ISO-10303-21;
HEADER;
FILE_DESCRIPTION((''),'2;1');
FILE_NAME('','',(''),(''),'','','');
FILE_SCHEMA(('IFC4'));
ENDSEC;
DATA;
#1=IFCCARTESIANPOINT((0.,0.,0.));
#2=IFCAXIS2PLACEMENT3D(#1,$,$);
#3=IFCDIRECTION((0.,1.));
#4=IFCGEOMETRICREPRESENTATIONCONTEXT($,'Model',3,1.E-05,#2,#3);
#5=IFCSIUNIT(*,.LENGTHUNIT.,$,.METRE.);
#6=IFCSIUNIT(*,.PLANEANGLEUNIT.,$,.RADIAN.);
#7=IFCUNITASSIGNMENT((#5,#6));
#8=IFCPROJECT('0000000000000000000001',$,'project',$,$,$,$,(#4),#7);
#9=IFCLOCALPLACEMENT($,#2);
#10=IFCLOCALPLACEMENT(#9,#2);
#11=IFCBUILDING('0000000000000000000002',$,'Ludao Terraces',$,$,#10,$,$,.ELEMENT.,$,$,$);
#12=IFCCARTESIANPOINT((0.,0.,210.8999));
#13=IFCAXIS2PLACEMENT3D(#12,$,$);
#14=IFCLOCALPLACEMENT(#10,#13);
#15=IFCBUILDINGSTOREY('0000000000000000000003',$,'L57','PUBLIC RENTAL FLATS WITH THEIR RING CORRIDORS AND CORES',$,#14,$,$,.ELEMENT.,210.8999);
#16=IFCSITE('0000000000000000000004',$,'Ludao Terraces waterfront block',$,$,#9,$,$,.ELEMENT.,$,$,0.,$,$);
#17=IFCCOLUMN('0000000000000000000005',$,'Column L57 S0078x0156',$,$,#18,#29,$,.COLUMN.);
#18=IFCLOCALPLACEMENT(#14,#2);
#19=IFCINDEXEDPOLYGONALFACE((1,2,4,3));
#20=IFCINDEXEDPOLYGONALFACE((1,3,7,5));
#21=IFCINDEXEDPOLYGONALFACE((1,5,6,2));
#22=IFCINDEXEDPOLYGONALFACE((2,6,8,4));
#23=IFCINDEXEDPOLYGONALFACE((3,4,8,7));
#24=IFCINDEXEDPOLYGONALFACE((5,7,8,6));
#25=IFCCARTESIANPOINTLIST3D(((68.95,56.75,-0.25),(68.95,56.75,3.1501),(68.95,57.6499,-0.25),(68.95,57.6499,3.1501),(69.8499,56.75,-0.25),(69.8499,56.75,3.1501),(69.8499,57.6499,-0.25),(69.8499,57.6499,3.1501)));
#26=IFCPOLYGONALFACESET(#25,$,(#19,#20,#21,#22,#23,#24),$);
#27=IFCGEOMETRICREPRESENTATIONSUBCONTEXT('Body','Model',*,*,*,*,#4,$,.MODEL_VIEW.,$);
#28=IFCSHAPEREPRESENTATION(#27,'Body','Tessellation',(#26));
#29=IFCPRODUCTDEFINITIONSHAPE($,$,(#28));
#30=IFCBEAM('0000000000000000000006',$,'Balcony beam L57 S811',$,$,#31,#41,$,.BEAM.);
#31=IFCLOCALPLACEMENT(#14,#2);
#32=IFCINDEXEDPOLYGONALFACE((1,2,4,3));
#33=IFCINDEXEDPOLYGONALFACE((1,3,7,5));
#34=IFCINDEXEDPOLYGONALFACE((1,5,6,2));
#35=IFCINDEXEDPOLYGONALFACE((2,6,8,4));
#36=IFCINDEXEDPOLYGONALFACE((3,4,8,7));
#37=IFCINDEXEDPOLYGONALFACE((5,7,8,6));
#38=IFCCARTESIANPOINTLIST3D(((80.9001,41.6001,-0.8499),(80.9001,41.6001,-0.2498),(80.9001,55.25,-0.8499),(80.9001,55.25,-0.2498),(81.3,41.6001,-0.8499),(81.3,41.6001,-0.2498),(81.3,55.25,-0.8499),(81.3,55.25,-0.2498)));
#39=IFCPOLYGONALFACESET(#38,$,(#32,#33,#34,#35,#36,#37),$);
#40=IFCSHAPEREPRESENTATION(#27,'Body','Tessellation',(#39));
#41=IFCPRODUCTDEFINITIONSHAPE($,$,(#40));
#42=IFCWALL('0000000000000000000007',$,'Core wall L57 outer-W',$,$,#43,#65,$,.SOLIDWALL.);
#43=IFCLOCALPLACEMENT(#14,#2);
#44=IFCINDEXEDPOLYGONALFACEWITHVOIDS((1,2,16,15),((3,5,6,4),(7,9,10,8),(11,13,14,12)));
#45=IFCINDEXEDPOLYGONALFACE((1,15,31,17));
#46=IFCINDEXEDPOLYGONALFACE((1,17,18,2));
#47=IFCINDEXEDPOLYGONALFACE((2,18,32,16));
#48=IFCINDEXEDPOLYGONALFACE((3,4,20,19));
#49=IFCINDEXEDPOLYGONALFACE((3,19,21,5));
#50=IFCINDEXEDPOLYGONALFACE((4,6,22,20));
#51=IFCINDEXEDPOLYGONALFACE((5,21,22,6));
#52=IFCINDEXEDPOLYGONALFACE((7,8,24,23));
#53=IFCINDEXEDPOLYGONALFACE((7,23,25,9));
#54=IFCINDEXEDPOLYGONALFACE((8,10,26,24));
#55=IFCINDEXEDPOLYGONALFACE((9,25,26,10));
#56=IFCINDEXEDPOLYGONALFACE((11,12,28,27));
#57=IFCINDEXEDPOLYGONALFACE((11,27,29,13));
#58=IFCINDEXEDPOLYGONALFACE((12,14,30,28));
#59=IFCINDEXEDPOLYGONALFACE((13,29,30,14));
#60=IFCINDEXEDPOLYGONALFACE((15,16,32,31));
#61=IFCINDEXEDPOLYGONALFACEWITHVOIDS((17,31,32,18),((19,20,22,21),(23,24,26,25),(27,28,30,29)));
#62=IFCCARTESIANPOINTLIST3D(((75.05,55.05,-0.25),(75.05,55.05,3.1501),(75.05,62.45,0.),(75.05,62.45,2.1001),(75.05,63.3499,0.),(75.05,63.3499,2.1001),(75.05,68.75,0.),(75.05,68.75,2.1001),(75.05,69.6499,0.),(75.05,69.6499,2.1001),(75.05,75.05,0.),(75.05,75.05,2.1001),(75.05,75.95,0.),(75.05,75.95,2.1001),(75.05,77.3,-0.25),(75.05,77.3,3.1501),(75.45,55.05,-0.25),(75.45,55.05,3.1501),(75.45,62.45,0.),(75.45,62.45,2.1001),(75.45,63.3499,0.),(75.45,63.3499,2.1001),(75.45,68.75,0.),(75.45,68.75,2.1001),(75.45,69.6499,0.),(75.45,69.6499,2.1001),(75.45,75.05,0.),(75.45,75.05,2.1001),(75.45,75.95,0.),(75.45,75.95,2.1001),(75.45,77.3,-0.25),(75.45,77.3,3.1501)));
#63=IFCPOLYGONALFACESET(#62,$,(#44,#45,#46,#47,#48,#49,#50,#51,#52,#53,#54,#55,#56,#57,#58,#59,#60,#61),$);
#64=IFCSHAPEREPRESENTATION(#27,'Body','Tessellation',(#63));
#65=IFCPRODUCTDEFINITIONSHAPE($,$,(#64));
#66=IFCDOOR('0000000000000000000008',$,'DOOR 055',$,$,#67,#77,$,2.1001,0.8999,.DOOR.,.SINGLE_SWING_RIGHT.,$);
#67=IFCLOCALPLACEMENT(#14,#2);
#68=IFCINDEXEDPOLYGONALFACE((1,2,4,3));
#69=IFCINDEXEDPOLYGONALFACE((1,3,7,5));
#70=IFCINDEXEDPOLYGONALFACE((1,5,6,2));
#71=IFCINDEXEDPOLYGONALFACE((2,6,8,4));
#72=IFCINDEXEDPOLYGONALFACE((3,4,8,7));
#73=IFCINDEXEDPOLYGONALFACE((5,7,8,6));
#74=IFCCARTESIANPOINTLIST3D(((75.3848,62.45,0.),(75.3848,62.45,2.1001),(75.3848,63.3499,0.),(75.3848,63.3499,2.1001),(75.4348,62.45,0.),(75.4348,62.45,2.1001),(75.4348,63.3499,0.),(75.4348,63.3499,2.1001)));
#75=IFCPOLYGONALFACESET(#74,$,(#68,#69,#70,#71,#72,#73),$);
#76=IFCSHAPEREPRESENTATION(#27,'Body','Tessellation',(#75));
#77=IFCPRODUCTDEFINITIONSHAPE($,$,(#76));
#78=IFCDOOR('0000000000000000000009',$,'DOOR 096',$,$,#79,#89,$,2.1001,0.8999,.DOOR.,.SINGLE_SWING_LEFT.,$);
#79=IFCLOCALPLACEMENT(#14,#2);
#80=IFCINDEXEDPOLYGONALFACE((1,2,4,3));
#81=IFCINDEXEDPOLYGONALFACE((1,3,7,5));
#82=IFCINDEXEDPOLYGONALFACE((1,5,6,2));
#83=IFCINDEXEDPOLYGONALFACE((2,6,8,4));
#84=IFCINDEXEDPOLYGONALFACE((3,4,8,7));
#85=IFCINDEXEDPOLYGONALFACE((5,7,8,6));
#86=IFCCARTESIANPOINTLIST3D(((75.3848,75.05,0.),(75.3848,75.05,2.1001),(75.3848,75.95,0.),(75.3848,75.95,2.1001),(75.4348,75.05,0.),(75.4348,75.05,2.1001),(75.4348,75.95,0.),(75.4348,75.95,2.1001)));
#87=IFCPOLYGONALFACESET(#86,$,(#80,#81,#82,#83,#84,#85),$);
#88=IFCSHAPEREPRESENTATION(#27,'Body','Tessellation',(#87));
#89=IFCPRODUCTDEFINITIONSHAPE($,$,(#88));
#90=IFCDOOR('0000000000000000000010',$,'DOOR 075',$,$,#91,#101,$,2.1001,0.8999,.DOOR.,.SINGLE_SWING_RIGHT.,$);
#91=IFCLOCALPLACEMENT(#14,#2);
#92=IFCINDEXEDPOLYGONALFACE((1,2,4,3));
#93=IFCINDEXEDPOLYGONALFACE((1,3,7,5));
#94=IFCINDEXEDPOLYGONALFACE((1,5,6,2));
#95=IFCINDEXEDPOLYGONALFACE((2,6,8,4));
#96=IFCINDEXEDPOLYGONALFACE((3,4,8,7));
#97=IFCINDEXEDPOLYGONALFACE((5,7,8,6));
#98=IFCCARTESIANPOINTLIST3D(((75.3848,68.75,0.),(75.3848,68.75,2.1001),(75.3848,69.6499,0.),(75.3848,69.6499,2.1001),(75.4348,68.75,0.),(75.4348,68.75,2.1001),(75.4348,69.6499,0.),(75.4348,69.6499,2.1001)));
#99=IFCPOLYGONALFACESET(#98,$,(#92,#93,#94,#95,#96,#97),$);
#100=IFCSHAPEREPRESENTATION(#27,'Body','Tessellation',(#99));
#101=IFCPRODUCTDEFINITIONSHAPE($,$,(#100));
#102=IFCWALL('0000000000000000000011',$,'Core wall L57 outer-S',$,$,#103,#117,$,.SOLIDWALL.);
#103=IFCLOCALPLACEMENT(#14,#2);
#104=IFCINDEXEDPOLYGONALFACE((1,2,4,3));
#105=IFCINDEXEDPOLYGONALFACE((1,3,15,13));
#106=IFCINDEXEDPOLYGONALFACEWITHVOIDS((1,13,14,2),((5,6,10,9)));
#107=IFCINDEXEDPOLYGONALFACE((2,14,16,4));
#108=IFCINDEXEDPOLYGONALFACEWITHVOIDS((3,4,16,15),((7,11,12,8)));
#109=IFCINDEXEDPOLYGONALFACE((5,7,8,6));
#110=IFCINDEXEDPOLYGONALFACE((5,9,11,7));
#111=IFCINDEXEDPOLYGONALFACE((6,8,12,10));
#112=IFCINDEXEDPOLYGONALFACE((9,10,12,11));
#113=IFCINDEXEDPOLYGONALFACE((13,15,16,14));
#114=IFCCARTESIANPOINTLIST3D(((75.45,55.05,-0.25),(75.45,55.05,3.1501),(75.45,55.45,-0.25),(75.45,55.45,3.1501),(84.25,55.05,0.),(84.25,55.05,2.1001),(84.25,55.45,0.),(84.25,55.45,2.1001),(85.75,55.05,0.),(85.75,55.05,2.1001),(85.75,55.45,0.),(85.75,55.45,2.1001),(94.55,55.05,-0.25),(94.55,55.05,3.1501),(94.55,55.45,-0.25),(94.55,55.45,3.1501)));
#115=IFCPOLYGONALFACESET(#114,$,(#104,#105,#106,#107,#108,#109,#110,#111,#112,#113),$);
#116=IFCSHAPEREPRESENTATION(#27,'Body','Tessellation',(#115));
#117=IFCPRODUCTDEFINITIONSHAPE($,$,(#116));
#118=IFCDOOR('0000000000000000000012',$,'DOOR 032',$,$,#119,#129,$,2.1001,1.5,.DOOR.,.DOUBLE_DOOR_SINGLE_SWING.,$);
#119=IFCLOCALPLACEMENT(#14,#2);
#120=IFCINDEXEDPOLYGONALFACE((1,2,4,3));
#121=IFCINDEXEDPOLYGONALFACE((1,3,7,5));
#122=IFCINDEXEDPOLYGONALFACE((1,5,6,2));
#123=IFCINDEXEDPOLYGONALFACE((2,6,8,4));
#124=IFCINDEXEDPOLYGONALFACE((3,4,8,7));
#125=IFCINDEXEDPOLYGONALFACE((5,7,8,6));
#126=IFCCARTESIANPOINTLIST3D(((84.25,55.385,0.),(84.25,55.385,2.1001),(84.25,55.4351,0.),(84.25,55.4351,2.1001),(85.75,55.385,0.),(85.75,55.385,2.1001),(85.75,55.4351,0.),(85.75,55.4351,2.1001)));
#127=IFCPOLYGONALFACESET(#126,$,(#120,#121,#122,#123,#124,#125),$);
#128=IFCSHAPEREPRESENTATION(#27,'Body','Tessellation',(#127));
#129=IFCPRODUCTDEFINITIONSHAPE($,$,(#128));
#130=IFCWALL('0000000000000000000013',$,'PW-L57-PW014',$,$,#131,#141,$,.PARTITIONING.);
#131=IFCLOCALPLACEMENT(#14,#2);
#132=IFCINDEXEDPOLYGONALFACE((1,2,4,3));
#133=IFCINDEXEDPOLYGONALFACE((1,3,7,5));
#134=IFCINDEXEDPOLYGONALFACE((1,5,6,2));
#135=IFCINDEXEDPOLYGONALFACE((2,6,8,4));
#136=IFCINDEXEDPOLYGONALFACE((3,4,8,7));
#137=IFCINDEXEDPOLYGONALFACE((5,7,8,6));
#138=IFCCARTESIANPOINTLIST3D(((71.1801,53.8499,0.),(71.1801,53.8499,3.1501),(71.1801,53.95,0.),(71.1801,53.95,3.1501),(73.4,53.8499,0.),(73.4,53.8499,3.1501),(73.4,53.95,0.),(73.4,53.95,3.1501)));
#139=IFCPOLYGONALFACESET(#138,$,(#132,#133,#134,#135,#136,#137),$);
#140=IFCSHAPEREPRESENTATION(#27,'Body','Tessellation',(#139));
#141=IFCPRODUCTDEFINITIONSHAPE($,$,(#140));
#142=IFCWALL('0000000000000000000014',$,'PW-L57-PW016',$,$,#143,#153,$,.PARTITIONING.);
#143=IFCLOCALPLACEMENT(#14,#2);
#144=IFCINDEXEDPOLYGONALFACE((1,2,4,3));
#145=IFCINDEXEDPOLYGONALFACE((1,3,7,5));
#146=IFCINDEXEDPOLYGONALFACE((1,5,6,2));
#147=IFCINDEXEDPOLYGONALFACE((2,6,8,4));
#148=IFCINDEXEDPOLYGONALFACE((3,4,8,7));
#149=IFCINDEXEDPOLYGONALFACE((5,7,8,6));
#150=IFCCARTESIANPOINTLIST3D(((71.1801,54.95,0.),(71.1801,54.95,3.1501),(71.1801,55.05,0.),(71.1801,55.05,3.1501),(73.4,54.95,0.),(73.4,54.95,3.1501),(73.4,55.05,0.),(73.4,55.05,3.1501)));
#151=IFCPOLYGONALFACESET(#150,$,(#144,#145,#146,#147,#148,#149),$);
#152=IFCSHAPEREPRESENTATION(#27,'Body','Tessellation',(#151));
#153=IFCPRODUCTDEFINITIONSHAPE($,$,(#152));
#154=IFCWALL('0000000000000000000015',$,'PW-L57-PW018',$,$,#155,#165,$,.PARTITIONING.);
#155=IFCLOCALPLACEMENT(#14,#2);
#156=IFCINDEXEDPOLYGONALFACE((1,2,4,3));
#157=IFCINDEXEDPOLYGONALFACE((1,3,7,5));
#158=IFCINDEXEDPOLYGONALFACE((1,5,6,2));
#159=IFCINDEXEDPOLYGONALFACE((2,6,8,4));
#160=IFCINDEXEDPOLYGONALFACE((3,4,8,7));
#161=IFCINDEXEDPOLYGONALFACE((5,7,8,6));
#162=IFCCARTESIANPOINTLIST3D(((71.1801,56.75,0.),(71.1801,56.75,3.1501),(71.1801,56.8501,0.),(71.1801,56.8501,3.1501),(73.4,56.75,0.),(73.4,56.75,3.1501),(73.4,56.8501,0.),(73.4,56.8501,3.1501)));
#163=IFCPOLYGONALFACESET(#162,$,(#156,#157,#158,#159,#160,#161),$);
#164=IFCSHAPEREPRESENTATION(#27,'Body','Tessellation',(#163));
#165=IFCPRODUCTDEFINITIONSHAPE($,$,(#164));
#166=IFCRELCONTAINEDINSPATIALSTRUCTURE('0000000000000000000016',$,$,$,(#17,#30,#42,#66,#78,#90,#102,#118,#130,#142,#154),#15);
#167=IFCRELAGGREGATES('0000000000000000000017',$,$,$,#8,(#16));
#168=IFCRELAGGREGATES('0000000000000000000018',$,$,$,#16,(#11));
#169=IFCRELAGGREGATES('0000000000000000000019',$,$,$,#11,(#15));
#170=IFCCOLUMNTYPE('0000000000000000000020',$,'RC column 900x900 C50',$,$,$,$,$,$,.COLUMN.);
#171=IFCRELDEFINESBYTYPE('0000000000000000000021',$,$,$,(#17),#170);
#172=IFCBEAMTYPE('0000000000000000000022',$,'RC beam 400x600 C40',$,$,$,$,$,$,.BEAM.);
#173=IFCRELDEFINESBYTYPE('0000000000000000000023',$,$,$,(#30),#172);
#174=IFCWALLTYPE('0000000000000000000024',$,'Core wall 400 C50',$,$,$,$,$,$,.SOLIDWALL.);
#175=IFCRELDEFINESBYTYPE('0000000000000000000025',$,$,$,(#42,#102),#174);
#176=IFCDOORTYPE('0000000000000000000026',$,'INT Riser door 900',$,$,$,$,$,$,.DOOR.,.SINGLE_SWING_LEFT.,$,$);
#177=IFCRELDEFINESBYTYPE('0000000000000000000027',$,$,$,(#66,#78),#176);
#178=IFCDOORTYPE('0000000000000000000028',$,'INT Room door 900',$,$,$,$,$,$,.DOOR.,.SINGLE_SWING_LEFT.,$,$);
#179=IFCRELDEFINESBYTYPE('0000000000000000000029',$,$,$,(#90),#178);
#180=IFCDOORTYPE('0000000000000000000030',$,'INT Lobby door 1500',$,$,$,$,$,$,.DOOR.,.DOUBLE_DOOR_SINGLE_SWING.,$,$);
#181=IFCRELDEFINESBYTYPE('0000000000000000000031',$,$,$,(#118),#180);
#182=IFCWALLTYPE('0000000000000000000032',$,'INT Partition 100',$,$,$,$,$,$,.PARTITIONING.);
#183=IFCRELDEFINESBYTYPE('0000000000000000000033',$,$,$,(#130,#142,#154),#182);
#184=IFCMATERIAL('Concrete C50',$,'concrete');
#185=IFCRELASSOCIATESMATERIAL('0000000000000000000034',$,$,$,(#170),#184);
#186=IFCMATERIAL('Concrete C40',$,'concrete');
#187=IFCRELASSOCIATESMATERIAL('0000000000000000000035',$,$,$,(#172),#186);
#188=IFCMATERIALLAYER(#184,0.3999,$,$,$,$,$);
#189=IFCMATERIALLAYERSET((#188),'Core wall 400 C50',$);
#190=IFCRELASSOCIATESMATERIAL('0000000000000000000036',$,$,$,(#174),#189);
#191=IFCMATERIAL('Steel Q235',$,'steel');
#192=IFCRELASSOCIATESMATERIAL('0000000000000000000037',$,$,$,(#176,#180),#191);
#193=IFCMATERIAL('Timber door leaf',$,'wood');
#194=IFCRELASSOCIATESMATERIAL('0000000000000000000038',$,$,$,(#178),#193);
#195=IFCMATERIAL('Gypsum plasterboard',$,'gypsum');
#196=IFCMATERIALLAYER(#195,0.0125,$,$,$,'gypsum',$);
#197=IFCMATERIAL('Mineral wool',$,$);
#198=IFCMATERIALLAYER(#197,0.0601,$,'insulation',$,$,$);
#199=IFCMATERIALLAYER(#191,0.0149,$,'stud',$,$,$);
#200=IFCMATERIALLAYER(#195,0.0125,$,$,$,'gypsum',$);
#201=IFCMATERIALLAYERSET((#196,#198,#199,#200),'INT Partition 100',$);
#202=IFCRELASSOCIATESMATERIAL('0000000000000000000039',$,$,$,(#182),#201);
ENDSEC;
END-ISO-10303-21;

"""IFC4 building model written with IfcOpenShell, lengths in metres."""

from ifc_helpers import new_model, si_unit, direction, frame, frame_2d, origin, origin_2d, place, context, subcontext, project, spatial, rectangle, extrude, material, layer, layer_set, material_profile, profile_set, type_object, element, fill, save


model = new_model("IFC4")

# Units and contexts
model_context = context("Model", 3, precision=1e-05, world=origin(), true_north=direction((0.0, 1.0)))
body_context = subcontext(model_context, "Body", "Model", "MODEL_VIEW")
ifc_project = project(units=[si_unit("LENGTHUNIT", "METRE"), si_unit("PLANEANGLEUNIT", "RADIAN")], contexts=[model_context])

# Site, building, storey
site_placement = place(None, origin())
site = spatial("IfcSite", under=ifc_project, at=site_placement, Name="Ludao Terraces waterfront block", CompositionType="ELEMENT", RefElevation=0.0)
building_placement = place(site_placement, origin())
building = spatial("IfcBuilding", under=site, at=building_placement, Name="Ludao Terraces", CompositionType="ELEMENT")
storey_placement = place(building_placement, frame((0.0, 0.0, 210.8999)))
storey = spatial("IfcBuildingStorey", under=building, at=storey_placement, Name="L57", Description="PUBLIC RENTAL FLATS WITH THEIR RING CORRIDORS AND CORES", CompositionType="ELEMENT", Elevation=210.8999)

# Column
ifc_material_1 = material(Name="Concrete C50", Category="concrete")
ifc_material_profile_1 = material_profile(ifc_material_1, rectangle(XDim=0.8999, YDim=0.8999, at=origin_2d()), Name="900 X 900")
ifc_profile_set_1 = profile_set([ifc_material_profile_1], Name="Concrete C50")
column_type = type_object("IfcColumnType", Name="RC column 900x900 C50", PredefinedType="COLUMN", material=ifc_profile_set_1)
column_placement = place(storey_placement, frame((69.3999, 57.2, -0.25), z_axis=(0.0, 0.0, 1.0), x_axis=(1.0, 0.0, 0.0)))
element("IfcColumn", 1, at=column_placement, inside=storey, type_object=column_type, Name="Column L57 S0078x0156", PredefinedType="COLUMN", context=body_context, shape_type="SweptSolid", body=[
    extrude(rectangle(XDim=0.8999, YDim=0.8999, at=origin_2d()), origin(), (0.0, 0.0, 1.0), 3.4001),
])

# Beam
ifc_material_2 = material(Name="Concrete C40", Category="concrete")
ifc_material_profile_2 = material_profile(ifc_material_2, rectangle(XDim=0.3999, YDim=0.6001, at=origin_2d()), Name="400 X 600")
ifc_profile_set_2 = profile_set([ifc_material_profile_2], Name="Concrete C40")
beam_type = type_object("IfcBeamType", Name="RC beam 400x600 C40", PredefinedType="BEAM", material=ifc_profile_set_2)
beam_placement = place(storey_placement, frame((81.1001, 55.25, -0.5498), z_axis=(0.0, -1.0, 0.0), x_axis=(1.0, 0.0, 0.0)))
element("IfcBeam", 2, at=beam_placement, inside=storey, type_object=beam_type, Name="Balcony beam L57 S811", PredefinedType="BEAM", context=body_context, shape_type="SweptSolid", body=[
    extrude(rectangle(XDim=0.3999, YDim=0.6001, at=origin_2d()), origin(), (0.0, 0.0, 1.0), 13.6499),
])

# Wall, openings, doors
ifc_layer_1 = layer(ifc_material_1, 0.3999)
ifc_layer_set_1 = layer_set([ifc_layer_1], Name="Core wall 400 C50")
wall_type_1 = type_object("IfcWallType", Name="Core wall 400 C50", PredefinedType="SOLIDWALL", material=ifc_layer_set_1)
wall_1_placement = place(storey_placement, frame((75.25, 55.05, -0.25), z_axis=(0.0, 0.0, 1.0), x_axis=(0.0, 1.0, 0.0)))
wall_1 = element("IfcWall", 3, at=wall_1_placement, inside=storey, type_object=wall_type_1, Name="Core wall L57 outer-W", PredefinedType="SOLIDWALL", context=body_context, shape_type="SweptSolid", body=[
    extrude(rectangle(XDim=22.25, YDim=0.3999, at=frame_2d((11.125, 0.0))), origin(), (0.0, 0.0, 1.0), 3.4001),
])
opening_1_placement = place(wall_1_placement, frame((7.3999, 0.0, 0.25)))
opening_1 = element("IfcOpeningElement", 4, at=opening_1_placement, cuts=wall_1, PredefinedType="OPENING", context=body_context, shape_type="SweptSolid", body=[
    extrude(rectangle(XDim=0.8999, YDim=2.1001, at=frame_2d((0.45, 1.05))), frame((0.0, 0.21, 0.0), z_axis=(0.0, -1.0, 0.0), x_axis=(1.0, 0.0, 0.0)), (0.0, 0.0, 1.0), 0.4199),
])
opening_2_placement = place(wall_1_placement, frame((13.7, 0.0, 0.25)))
opening_2 = element("IfcOpeningElement", 5, at=opening_2_placement, cuts=wall_1, PredefinedType="OPENING", context=body_context, shape_type="SweptSolid", body=[
    extrude(rectangle(XDim=0.8999, YDim=2.1001, at=frame_2d((0.45, 1.05))), frame((0.0, 0.21, 0.0), z_axis=(0.0, -1.0, 0.0), x_axis=(1.0, 0.0, 0.0)), (0.0, 0.0, 1.0), 0.4199),
])
opening_3_placement = place(wall_1_placement, frame((20.0, 0.0, 0.25)))
opening_3 = element("IfcOpeningElement", 6, at=opening_3_placement, cuts=wall_1, PredefinedType="OPENING", context=body_context, shape_type="SweptSolid", body=[
    extrude(rectangle(XDim=0.8999, YDim=2.1001, at=frame_2d((0.45, 1.05))), frame((0.0, 0.21, 0.0), z_axis=(0.0, -1.0, 0.0), x_axis=(1.0, 0.0, 0.0)), (0.0, 0.0, 1.0), 0.4199),
])
ifc_material_3 = material(Name="Steel Q235", Category="steel")
door_type_1 = type_object("IfcDoorType", Name="INT Riser door 900", OperationType="SINGLE_SWING_LEFT", PredefinedType="DOOR", material=ifc_material_3)
door_1_placement = place(opening_1_placement, origin())
door_1 = element("IfcDoor", 7, at=door_1_placement, inside=storey, type_object=door_type_1, Name="DOOR 055", OperationType="SINGLE_SWING_RIGHT", OverallHeight=2.1001, OverallWidth=0.8999, PredefinedType="DOOR", context=body_context, shape_type="SweptSolid", body=[
    extrude(rectangle(XDim=0.8999, YDim=2.1001, at=frame_2d((0.45, 1.05))), frame((0.0, -0.1348, 0.0), z_axis=(0.0, -1.0, 0.0), x_axis=(1.0, 0.0, 0.0)), (0.0, 0.0, 1.0), 0.05),
])
fill(opening_1, door_1)
door_2_placement = place(opening_3_placement, origin())
door_2 = element("IfcDoor", 8, at=door_2_placement, inside=storey, type_object=door_type_1, Name="DOOR 096", OperationType="SINGLE_SWING_LEFT", OverallHeight=2.1001, OverallWidth=0.8999, PredefinedType="DOOR", context=body_context, shape_type="SweptSolid", body=[
    extrude(rectangle(XDim=0.8999, YDim=2.1001, at=frame_2d((0.45, 1.05))), frame((0.0, -0.1348, 0.0), z_axis=(0.0, -1.0, 0.0), x_axis=(1.0, 0.0, 0.0)), (0.0, 0.0, 1.0), 0.05),
])
fill(opening_3, door_2)
ifc_material_4 = material(Name="Timber door leaf", Category="wood")
door_type_2 = type_object("IfcDoorType", Name="INT Room door 900", OperationType="SINGLE_SWING_LEFT", PredefinedType="DOOR", material=ifc_material_4)
door_3_placement = place(opening_2_placement, origin())
door_3 = element("IfcDoor", 9, at=door_3_placement, inside=storey, type_object=door_type_2, Name="DOOR 075", OperationType="SINGLE_SWING_RIGHT", OverallHeight=2.1001, OverallWidth=0.8999, PredefinedType="DOOR", context=body_context, shape_type="SweptSolid", body=[
    extrude(rectangle(XDim=0.8999, YDim=2.1001, at=frame_2d((0.45, 1.05))), frame((0.0, -0.1348, 0.0), z_axis=(0.0, -1.0, 0.0), x_axis=(1.0, 0.0, 0.0)), (0.0, 0.0, 1.0), 0.05),
])
fill(opening_2, door_3)

# Wall, opening, door
wall_2_placement = place(storey_placement, frame((75.45, 55.25, -0.25), z_axis=(0.0, 0.0, 1.0), x_axis=(1.0, 0.0, 0.0)))
wall_2 = element("IfcWall", 10, at=wall_2_placement, inside=storey, type_object=wall_type_1, Name="Core wall L57 outer-S", PredefinedType="SOLIDWALL", context=body_context, shape_type="SweptSolid", body=[
    extrude(rectangle(XDim=19.1001, YDim=0.3999, at=frame_2d((9.55, 0.0))), origin(), (0.0, 0.0, 1.0), 3.4001),
])
opening_4_placement = place(wall_2_placement, frame((8.8, 0.0, 0.25)))
opening_4 = element("IfcOpeningElement", 11, at=opening_4_placement, cuts=wall_2, PredefinedType="OPENING", context=body_context, shape_type="SweptSolid", body=[
    extrude(rectangle(XDim=1.5, YDim=2.1001, at=frame_2d((0.75, 1.05))), frame((0.0, 0.21, 0.0), z_axis=(0.0, -1.0, 0.0), x_axis=(1.0, 0.0, 0.0)), (0.0, 0.0, 1.0), 0.4199),
])
door_type_3 = type_object("IfcDoorType", Name="INT Lobby door 1500", OperationType="DOUBLE_DOOR_SINGLE_SWING", PredefinedType="DOOR", material=ifc_material_3)
door_4_placement = place(opening_4_placement, origin())
door_4 = element("IfcDoor", 12, at=door_4_placement, inside=storey, type_object=door_type_3, Name="DOOR 032", OperationType="DOUBLE_DOOR_SINGLE_SWING", OverallHeight=2.1001, OverallWidth=1.5, PredefinedType="DOOR", context=body_context, shape_type="SweptSolid", body=[
    extrude(rectangle(XDim=1.5, YDim=2.1001, at=frame_2d((0.75, 1.05))), frame((0.0, 0.1851, 0.0), z_axis=(0.0, -1.0, 0.0), x_axis=(1.0, 0.0, 0.0)), (0.0, 0.0, 1.0), 0.05),
])
fill(opening_4, door_4)

# Walls
ifc_material_5 = material(Name="Gypsum plasterboard", Category="gypsum")
ifc_layer_2 = layer(ifc_material_5, 0.0125, Category="gypsum")
ifc_material_6 = material(Name="Mineral wool")
ifc_layer_3 = layer(ifc_material_6, 0.0601, Name="insulation")
ifc_layer_4 = layer(ifc_material_3, 0.0149, Name="stud")
ifc_layer_5 = layer(ifc_material_5, 0.0125, Category="gypsum")
ifc_layer_set_2 = layer_set([ifc_layer_2, ifc_layer_3, ifc_layer_4, ifc_layer_5], Name="INT Partition 100")
wall_type_2 = type_object("IfcWallType", Name="INT Partition 100", PredefinedType="PARTITIONING", material=ifc_layer_set_2)
for number, where, z_axis, x_axis, name in (
    (13, (71.1802, 53.8999, 0.0), (0.0, 0.0, 1.0), (1.0, 0.0, 0.0), "PW-L57-PW014"),
    (14, (71.1802, 55.0, 0.0), (0.0, 0.0, 1.0), (1.0, 0.0, 0.0), "PW-L57-PW016"),
    (15, (71.1802, 56.8, 0.0), (0.0, 0.0, 1.0), (1.0, 0.0, 0.0), "PW-L57-PW018"),
):
    element("IfcWall", number, at=place(storey_placement, frame(where, z_axis=z_axis, x_axis=x_axis)), inside=storey, type_object=wall_type_2, Name=name, PredefinedType="PARTITIONING", context=body_context, shape_type="SweptSolid", body=[
        extrude(rectangle(XDim=2.22, YDim=0.1001, at=frame_2d((1.1099, 0.0))), origin(), (0.0, 0.0, 1.0), 3.1501),
    ])

save(model, "model.ifc")
